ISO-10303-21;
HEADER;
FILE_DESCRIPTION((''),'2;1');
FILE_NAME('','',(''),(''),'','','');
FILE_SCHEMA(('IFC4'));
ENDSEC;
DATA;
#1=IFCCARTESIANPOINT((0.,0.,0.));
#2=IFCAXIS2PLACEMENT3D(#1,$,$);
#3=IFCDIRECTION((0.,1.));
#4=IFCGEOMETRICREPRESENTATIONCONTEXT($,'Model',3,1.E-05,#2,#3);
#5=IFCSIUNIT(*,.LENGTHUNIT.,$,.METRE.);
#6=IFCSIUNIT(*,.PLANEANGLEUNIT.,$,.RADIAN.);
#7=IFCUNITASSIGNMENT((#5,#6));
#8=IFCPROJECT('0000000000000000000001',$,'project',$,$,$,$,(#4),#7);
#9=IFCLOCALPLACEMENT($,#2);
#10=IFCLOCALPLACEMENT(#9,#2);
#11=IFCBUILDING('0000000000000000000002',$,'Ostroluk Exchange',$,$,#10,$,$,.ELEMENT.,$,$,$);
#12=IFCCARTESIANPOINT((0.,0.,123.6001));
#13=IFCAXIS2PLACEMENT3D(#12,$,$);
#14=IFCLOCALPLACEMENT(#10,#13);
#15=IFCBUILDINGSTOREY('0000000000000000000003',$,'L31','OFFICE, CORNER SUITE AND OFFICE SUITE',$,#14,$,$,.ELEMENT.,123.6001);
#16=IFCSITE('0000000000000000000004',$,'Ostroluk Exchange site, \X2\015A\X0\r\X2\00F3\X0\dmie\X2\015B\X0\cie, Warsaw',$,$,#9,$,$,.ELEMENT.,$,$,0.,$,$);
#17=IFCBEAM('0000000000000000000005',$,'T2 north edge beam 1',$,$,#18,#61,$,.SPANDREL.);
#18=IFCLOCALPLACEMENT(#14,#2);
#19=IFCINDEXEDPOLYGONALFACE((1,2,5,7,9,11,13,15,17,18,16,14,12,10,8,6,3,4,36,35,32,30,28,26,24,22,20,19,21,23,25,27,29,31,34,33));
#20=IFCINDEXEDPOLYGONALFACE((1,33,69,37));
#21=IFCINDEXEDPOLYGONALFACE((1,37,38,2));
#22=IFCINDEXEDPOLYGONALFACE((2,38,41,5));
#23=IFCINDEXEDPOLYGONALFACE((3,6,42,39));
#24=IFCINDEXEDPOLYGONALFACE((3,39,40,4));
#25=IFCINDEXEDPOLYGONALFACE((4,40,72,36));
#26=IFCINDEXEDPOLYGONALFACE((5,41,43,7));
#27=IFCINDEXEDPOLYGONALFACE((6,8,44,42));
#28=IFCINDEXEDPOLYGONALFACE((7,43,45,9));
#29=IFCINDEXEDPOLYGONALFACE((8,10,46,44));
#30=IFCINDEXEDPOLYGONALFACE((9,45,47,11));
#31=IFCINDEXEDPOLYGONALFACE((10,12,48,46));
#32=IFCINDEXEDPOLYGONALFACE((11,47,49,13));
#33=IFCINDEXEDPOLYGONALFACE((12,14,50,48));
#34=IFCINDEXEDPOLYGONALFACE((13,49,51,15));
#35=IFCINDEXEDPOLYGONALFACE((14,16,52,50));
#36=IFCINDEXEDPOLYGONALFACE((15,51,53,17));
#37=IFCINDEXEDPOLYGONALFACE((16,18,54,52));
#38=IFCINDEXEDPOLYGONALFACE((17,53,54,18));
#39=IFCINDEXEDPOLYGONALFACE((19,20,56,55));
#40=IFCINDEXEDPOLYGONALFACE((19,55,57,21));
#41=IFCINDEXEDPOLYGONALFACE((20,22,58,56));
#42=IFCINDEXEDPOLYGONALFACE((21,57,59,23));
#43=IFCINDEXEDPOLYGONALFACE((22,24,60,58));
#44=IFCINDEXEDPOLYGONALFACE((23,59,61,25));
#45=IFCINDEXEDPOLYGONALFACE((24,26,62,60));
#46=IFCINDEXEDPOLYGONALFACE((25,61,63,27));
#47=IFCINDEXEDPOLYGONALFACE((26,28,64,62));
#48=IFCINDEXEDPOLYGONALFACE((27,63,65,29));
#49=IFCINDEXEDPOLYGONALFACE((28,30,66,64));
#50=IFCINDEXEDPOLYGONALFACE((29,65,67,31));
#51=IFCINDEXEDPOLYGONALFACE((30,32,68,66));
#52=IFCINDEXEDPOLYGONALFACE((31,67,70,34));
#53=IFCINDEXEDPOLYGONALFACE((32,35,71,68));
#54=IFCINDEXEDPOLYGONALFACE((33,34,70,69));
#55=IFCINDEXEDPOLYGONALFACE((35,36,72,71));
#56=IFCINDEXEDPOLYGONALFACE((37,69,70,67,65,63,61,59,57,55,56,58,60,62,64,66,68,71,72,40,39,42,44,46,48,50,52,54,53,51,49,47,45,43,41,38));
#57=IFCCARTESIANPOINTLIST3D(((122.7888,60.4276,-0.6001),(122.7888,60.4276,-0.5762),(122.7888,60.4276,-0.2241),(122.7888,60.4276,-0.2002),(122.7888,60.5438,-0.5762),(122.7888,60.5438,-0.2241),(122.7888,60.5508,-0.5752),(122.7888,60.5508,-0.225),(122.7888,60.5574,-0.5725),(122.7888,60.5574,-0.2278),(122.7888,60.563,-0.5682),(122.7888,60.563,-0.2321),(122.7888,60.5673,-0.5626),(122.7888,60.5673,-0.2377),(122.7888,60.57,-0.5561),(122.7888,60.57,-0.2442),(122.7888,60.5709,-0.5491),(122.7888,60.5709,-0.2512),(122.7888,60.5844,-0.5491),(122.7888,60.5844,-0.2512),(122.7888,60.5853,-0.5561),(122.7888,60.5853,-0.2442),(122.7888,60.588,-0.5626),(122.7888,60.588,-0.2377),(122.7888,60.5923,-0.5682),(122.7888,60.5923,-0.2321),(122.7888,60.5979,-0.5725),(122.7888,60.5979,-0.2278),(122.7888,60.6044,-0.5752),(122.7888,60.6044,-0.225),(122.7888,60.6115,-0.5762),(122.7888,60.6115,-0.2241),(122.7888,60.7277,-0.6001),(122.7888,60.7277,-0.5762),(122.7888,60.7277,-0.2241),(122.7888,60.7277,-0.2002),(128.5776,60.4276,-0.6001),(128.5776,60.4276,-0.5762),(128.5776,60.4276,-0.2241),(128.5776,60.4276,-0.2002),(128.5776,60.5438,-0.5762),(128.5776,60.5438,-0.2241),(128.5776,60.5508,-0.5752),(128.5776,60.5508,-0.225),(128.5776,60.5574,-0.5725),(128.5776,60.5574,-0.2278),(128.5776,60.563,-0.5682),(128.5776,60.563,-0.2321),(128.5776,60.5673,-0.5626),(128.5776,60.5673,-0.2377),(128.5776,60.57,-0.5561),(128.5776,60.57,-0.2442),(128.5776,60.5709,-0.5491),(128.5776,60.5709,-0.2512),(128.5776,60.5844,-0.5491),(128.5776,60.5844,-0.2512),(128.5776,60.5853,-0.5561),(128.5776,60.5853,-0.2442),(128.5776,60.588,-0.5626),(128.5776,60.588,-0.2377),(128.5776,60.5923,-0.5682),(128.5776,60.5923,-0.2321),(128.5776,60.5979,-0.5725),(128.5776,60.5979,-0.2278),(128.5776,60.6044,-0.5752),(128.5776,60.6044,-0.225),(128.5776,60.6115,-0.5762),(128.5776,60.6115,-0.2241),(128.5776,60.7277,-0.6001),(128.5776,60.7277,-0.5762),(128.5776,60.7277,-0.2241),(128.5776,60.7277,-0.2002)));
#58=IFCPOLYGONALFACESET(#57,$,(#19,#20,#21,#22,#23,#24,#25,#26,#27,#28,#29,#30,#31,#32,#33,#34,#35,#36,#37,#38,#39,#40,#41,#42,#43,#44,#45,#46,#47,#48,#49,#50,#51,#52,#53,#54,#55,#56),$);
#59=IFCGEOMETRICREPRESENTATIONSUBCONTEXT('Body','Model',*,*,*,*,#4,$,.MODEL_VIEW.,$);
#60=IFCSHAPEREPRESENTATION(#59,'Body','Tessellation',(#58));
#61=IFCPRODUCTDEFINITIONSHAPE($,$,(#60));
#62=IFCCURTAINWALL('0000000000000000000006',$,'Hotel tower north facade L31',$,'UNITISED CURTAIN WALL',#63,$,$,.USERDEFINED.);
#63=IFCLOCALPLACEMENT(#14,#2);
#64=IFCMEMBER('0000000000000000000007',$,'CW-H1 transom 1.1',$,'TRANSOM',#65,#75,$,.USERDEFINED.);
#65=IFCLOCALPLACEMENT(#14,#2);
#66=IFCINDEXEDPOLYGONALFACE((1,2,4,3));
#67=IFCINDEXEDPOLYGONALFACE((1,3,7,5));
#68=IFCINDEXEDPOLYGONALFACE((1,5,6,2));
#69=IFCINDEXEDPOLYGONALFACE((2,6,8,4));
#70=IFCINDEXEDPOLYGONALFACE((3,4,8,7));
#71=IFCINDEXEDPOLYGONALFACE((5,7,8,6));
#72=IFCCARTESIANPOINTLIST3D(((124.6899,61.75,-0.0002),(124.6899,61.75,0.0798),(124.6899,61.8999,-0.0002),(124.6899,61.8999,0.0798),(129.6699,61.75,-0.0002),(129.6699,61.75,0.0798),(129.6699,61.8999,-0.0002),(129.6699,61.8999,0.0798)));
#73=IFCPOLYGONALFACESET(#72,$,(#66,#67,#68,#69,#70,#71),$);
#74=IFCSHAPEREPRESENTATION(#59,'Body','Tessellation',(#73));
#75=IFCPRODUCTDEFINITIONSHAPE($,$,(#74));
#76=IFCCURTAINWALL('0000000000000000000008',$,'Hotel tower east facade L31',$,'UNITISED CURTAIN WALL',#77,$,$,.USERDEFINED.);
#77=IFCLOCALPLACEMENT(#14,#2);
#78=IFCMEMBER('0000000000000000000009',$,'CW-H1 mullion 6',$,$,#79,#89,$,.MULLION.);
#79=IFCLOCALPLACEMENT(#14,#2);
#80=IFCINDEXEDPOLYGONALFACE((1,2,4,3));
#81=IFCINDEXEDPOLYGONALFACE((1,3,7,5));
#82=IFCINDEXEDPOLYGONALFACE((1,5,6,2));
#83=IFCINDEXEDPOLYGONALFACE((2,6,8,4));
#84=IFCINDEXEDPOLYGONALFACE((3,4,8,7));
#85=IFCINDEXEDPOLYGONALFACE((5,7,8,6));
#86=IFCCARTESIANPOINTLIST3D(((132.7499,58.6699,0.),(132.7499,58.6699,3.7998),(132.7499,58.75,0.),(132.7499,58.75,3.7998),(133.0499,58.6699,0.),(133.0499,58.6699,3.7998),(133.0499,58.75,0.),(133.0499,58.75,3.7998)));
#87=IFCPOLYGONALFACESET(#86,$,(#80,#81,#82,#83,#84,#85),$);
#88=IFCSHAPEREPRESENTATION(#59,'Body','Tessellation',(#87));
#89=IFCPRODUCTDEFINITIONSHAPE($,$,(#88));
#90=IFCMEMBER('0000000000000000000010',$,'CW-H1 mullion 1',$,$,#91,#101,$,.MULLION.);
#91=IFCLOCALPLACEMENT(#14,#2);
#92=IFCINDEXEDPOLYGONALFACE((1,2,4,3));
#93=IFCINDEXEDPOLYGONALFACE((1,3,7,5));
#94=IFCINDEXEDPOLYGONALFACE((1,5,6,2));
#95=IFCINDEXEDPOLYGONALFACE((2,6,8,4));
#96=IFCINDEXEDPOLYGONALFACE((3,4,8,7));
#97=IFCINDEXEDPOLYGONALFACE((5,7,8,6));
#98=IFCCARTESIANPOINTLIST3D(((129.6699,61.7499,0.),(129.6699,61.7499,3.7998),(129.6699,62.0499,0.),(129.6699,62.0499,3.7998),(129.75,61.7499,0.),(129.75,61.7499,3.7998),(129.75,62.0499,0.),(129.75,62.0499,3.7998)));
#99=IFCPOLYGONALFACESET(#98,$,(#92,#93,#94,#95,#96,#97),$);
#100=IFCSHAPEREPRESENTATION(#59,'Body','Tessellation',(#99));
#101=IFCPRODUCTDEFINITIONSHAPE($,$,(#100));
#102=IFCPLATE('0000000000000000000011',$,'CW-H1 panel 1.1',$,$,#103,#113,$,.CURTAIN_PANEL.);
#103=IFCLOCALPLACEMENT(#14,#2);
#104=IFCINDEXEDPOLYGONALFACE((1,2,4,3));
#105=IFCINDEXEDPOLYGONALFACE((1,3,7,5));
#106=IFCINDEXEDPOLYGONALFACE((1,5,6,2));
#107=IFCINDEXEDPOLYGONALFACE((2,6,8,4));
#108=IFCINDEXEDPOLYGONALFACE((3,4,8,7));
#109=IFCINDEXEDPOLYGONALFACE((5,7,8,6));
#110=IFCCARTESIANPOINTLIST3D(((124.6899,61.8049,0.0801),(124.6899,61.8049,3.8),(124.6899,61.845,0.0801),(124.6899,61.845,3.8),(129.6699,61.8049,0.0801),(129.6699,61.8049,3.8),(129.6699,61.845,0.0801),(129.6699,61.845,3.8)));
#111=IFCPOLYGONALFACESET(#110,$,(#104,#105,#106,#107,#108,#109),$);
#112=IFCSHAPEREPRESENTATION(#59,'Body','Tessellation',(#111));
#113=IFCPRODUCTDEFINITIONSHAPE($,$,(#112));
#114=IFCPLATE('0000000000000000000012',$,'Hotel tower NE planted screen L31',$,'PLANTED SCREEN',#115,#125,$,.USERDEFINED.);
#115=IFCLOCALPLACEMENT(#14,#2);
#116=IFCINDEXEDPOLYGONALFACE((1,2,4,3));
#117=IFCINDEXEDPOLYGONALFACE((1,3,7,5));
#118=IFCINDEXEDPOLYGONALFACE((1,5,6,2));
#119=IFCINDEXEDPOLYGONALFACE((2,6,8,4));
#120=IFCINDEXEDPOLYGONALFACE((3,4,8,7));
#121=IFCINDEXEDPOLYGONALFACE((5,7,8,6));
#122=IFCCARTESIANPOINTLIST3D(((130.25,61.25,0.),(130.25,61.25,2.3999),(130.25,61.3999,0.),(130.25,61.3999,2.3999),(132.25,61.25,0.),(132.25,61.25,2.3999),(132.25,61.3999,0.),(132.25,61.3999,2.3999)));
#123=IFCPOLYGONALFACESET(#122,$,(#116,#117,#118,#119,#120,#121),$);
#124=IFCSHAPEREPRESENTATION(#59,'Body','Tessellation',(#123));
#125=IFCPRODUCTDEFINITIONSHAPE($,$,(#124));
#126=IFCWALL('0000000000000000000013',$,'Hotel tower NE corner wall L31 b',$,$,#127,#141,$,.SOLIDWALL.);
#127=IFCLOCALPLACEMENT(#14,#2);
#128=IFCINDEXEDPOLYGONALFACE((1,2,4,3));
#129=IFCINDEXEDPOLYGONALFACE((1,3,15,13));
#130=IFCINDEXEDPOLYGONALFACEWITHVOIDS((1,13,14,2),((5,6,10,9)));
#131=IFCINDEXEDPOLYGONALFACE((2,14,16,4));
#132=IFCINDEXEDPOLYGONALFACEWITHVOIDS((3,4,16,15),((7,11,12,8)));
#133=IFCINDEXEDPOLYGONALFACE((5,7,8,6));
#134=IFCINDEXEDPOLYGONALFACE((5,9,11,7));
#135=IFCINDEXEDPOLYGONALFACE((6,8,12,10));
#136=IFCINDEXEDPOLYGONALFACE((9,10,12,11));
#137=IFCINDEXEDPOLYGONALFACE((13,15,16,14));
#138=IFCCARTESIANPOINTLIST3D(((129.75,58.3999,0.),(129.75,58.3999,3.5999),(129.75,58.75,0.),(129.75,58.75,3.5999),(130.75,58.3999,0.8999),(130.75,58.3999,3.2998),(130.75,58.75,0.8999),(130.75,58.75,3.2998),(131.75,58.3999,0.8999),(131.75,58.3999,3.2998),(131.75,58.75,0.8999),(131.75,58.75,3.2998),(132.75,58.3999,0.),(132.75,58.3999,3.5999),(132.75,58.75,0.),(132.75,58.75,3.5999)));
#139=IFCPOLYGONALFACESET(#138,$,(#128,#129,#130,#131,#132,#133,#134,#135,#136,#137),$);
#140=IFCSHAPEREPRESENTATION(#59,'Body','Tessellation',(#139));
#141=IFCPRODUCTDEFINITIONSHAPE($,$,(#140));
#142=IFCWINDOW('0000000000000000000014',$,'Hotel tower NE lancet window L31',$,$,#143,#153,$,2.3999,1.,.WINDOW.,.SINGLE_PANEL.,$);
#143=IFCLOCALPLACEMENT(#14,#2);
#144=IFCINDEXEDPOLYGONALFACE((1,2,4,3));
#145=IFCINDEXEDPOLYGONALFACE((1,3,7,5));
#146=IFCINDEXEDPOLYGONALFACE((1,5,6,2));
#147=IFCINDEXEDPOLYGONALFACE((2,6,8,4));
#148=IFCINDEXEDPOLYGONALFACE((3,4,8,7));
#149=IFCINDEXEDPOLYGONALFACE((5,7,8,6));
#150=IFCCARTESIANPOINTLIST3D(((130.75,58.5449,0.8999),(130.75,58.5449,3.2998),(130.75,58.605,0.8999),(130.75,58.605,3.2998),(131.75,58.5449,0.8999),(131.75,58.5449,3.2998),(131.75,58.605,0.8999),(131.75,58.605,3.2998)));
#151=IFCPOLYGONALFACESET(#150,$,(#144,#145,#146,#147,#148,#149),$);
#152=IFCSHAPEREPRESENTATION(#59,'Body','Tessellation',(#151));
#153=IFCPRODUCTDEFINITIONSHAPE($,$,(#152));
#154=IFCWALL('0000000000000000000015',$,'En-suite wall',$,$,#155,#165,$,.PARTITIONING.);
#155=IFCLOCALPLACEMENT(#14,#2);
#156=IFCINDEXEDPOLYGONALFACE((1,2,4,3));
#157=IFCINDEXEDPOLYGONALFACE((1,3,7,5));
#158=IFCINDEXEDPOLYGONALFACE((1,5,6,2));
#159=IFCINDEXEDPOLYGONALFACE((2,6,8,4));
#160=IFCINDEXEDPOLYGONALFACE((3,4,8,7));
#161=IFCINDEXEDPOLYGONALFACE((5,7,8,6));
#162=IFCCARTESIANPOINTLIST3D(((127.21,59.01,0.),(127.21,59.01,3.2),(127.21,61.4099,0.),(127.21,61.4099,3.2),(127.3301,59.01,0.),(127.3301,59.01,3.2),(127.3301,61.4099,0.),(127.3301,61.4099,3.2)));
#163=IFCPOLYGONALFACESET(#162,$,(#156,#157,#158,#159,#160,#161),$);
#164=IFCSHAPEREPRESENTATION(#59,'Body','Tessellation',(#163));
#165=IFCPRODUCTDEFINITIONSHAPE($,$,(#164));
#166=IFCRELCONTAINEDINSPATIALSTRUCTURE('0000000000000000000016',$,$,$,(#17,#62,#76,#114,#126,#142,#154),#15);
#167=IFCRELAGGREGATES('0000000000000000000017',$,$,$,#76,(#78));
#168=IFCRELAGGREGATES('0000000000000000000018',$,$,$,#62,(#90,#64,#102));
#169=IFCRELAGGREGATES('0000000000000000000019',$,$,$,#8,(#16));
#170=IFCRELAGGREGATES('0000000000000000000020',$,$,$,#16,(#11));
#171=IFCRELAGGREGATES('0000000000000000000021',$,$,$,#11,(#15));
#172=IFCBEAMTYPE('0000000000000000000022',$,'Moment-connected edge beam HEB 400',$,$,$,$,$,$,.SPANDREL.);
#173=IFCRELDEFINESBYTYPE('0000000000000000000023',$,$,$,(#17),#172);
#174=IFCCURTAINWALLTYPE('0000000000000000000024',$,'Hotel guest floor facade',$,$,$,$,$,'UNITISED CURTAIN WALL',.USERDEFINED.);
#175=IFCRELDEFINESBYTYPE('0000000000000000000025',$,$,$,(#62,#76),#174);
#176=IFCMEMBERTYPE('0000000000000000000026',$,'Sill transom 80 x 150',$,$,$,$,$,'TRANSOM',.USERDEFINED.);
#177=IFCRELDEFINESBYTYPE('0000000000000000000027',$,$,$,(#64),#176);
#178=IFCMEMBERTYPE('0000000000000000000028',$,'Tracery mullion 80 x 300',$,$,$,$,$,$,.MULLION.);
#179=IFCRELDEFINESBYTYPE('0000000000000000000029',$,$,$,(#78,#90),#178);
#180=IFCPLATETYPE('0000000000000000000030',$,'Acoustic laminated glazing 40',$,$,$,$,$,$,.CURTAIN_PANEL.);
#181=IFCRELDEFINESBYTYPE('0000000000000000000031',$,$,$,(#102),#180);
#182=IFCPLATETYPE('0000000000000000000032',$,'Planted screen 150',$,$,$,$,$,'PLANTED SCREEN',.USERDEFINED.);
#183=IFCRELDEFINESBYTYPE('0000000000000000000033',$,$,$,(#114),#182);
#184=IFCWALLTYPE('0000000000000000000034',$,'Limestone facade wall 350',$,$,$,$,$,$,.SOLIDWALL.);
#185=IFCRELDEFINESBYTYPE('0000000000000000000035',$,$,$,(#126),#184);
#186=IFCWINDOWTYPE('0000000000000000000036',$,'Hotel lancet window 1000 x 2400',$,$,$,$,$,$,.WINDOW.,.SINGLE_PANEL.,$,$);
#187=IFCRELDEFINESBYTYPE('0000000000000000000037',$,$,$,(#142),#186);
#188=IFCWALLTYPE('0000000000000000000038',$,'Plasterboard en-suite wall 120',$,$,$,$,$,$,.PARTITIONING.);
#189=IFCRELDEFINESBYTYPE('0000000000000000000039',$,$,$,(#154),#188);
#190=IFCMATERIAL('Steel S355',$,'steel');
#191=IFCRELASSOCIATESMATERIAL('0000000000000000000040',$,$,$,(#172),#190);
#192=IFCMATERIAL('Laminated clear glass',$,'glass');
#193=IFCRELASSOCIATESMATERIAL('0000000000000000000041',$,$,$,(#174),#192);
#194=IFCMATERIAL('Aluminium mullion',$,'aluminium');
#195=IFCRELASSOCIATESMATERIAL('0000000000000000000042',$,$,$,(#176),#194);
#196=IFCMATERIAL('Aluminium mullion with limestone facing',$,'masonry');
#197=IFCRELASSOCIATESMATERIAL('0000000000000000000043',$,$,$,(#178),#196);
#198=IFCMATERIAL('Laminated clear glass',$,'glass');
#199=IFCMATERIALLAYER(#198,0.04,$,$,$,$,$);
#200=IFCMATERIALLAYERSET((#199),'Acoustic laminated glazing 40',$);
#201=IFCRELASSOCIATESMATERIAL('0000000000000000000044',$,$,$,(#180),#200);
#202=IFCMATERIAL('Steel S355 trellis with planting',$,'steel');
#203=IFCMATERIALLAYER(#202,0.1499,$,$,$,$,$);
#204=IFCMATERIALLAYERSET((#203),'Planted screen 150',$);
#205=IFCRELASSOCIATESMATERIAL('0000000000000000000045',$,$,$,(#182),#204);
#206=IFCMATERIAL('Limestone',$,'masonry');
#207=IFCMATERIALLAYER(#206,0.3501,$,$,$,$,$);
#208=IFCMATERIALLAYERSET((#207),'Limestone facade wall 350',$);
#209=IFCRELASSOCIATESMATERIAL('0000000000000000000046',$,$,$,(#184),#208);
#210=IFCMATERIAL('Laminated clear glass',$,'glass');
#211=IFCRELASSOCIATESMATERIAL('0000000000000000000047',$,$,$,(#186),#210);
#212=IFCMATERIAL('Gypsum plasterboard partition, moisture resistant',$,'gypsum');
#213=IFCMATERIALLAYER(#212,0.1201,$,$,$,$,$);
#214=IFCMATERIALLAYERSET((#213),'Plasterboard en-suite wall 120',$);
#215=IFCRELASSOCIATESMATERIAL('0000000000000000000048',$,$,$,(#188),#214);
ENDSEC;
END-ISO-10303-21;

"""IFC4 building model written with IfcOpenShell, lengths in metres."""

from ifc_helpers import new_model, si_unit, direction, frame, frame_2d, origin, origin_2d, place, context, subcontext, project, spatial, rectangle, i_section, extrude, material, layer, layer_set, material_profile, profile_set, type_object, element, fill, aggregate, save


model = new_model("IFC4")

# Units and contexts
model_context = context("Model", 3, precision=1e-05, world=origin(), true_north=direction((0.0, 1.0)))
body_context = subcontext(model_context, "Body", "Model", "MODEL_VIEW")
ifc_project = project(units=[si_unit("LENGTHUNIT", "METRE"), si_unit("PLANEANGLEUNIT", "RADIAN")], contexts=[model_context])

# Site, building, storey
site_placement = place(None, origin())
site = spatial("IfcSite", under=ifc_project, at=site_placement, Name="Ostroluk Exchange site, Śródmieście, Warsaw", CompositionType="ELEMENT", RefElevation=0.0)
building_placement = place(site_placement, origin())
building = spatial("IfcBuilding", under=site, at=building_placement, Name="Ostroluk Exchange", CompositionType="ELEMENT")
storey_placement = place(building_placement, frame((0.0, 0.0, 123.6001)))
storey = spatial("IfcBuildingStorey", under=building, at=storey_placement, Name="L31", Description="OFFICE, CORNER SUITE AND OFFICE SUITE", CompositionType="ELEMENT", Elevation=123.6001)

# Beam
ifc_material_1 = material(Name="Steel S355", Category="steel")
ifc_material_profile_1 = material_profile(ifc_material_1, i_section(OverallWidth=0.3, OverallDepth=0.3999, WebThickness=0.0134, FlangeThickness=0.0239, FilletRadius=0.0271, at=origin_2d()), Name="HEB 400")
ifc_profile_set_1 = profile_set([ifc_material_profile_1], Name="Steel S355")
beam_type_1 = type_object("IfcBeamType", Name="Moment-connected edge beam HEB 400", PredefinedType="SPANDREL", material=ifc_profile_set_1)
beam_1_placement = place(storey_placement, frame((128.5776, 60.5776, -0.4001), z_axis=(-1.0, 0.0, 0.0), x_axis=(0.0, -1.0, 0.0)))
element("IfcBeam", 1, at=beam_1_placement, inside=storey, type_object=beam_type_1, Name="T2 north edge beam 1", PredefinedType="SPANDREL", context=body_context, shape_type="SweptSolid", body=[
    extrude(i_section(OverallWidth=0.3, OverallDepth=0.3999, WebThickness=0.0134, FlangeThickness=0.0239, FilletRadius=0.0271, at=origin_2d()), origin(), (0.0, 0.0, 1.0), 5.7888),
])

# Curtain walls, members
ifc_material_2 = material(Name="Laminated clear glass", Category="glass")
curtain_wall_type = type_object("IfcCurtainWallType", Name="Hotel guest floor facade", ElementType="UNITISED CURTAIN WALL", PredefinedType="USERDEFINED", material=ifc_material_2)
curtain_wall_1_placement = place(storey_placement, origin())
curtain_wall_1 = element("IfcCurtainWall", 2, at=curtain_wall_1_placement, inside=storey, type_object=curtain_wall_type, Name="Hotel tower north facade L31", ObjectType="UNITISED CURTAIN WALL", PredefinedType="USERDEFINED")
ifc_material_3 = material(Name="Aluminium mullion", Category="aluminium")
ifc_material_profile_2 = material_profile(ifc_material_3, rectangle(XDim=0.1499, YDim=0.0801, at=origin_2d()), Name="Sill transom 80 x 150")
ifc_profile_set_2 = profile_set([ifc_material_profile_2], Name="Aluminium mullion")
member_type_1 = type_object("IfcMemberType", Name="Sill transom 80 x 150", ElementType="TRANSOM", PredefinedType="USERDEFINED", material=ifc_profile_set_2)
member_1_placement = place(storey_placement, frame((129.6699, 61.825, 0.0398), z_axis=(-1.0, 0.0, 0.0), x_axis=(0.0, -1.0, 0.0)))
member_1 = element("IfcMember", 3, at=member_1_placement, type_object=member_type_1, Name="CW-H1 transom 1.1", ObjectType="TRANSOM", PredefinedType="USERDEFINED", context=body_context, shape_type="SweptSolid", body=[
    extrude(rectangle(XDim=0.1499, YDim=0.0801, at=origin_2d()), origin(), (0.0, 0.0, 1.0), 4.98),
])
curtain_wall_2_placement = place(storey_placement, origin())
curtain_wall_2 = element("IfcCurtainWall", 4, at=curtain_wall_2_placement, inside=storey, type_object=curtain_wall_type, Name="Hotel tower east facade L31", ObjectType="UNITISED CURTAIN WALL", PredefinedType="USERDEFINED")
ifc_material_4 = material(Name="Aluminium mullion with limestone facing", Category="masonry")
ifc_material_profile_3 = material_profile(ifc_material_4, rectangle(XDim=0.3, YDim=0.0801, at=origin_2d()), Name="Tracery mullion 80 x 300")
ifc_profile_set_3 = profile_set([ifc_material_profile_3], Name="Aluminium mullion with limestone facing")
member_type_2 = type_object("IfcMemberType", Name="Tracery mullion 80 x 300", PredefinedType="MULLION", material=ifc_profile_set_3)
member_2_placement = place(storey_placement, frame((132.8999, 58.71, 0.0), z_axis=(0.0, 0.0, 1.0), x_axis=(-1.0, 0.0, 0.0)))
member_2 = element("IfcMember", 5, at=member_2_placement, type_object=member_type_2, Name="CW-H1 mullion 6", PredefinedType="MULLION", context=body_context, shape_type="SweptSolid", body=[
    extrude(rectangle(XDim=0.3, YDim=0.0801, at=origin_2d()), origin(), (0.0, 0.0, 1.0), 3.7998),
])
aggregate(curtain_wall_2, [member_2])

# Member
member_3_placement = place(storey_placement, frame((129.71, 61.8999, 0.0), z_axis=(0.0, 0.0, 1.0), x_axis=(0.0, -1.0, 0.0)))
member_3 = element("IfcMember", 6, at=member_3_placement, type_object=member_type_2, Name="CW-H1 mullion 1", PredefinedType="MULLION", context=body_context, shape_type="SweptSolid", body=[
    extrude(rectangle(XDim=0.3, YDim=0.0801, at=origin_2d()), origin(), (0.0, 0.0, 1.0), 3.7998),
])

# Plates
ifc_material_5 = material(Name="Laminated clear glass", Category="glass")
ifc_layer_1 = layer(ifc_material_5, 0.04)
ifc_layer_set_1 = layer_set([ifc_layer_1], Name="Acoustic laminated glazing 40")
plate_type_1 = type_object("IfcPlateType", Name="Acoustic laminated glazing 40", PredefinedType="CURTAIN_PANEL", material=ifc_layer_set_1)
plate_1_placement = place(storey_placement, frame((127.1799, 61.825, 0.0801), z_axis=(0.0, 0.0, 1.0), x_axis=(-1.0, 0.0, 0.0)))
plate_1 = element("IfcPlate", 7, at=plate_1_placement, type_object=plate_type_1, Name="CW-H1 panel 1.1", PredefinedType="CURTAIN_PANEL", context=body_context, shape_type="SweptSolid", body=[
    extrude(rectangle(XDim=4.98, YDim=0.04, at=origin_2d()), origin(), (0.0, 0.0, 1.0), 3.72),
])
aggregate(curtain_wall_1, [member_3, member_1, plate_1])
ifc_material_6 = material(Name="Steel S355 trellis with planting", Category="steel")
ifc_layer_2 = layer(ifc_material_6, 0.1499)
ifc_layer_set_2 = layer_set([ifc_layer_2], Name="Planted screen 150")
plate_type_2 = type_object("IfcPlateType", Name="Planted screen 150", ElementType="PLANTED SCREEN", PredefinedType="USERDEFINED", material=ifc_layer_set_2)
plate_2_placement = place(storey_placement, frame((131.25, 61.325, 0.0), z_axis=(0.0, 0.0, 1.0), x_axis=(1.0, 0.0, 0.0)))
element("IfcPlate", 8, at=plate_2_placement, inside=storey, type_object=plate_type_2, Name="Hotel tower NE planted screen L31", ObjectType="PLANTED SCREEN", PredefinedType="USERDEFINED", context=body_context, shape_type="SweptSolid", body=[
    extrude(rectangle(XDim=2.0, YDim=0.1499, at=origin_2d()), origin(), (0.0, 0.0, 1.0), 2.3999),
])

# Shared definitions
ifc_material_7 = material(Name="Limestone", Category="masonry")
ifc_layer_3 = layer(ifc_material_7, 0.3501)
ifc_layer_set_3 = layer_set([ifc_layer_3], Name="Limestone facade wall 350")
wall_type_1 = type_object("IfcWallType", Name="Limestone facade wall 350", PredefinedType="SOLIDWALL", material=ifc_layer_set_3)

# Wall, opening, window
wall_1_placement = place(storey_placement, frame((129.75, 58.575, 0.0), z_axis=(0.0, 0.0, 1.0), x_axis=(1.0, 0.0, 0.0)))
wall_1 = element("IfcWall", 9, at=wall_1_placement, inside=storey, type_object=wall_type_1, Name="Hotel tower NE corner wall L31 b", PredefinedType="SOLIDWALL", context=body_context, shape_type="SweptSolid", body=[
    extrude(rectangle(XDim=3.0, YDim=0.3501, at=frame_2d((1.5, 0.0))), origin(), (0.0, 0.0, 1.0), 3.5999),
])
opening_1_placement = place(wall_1_placement, frame((1.0, 0.0, 0.8999)))
opening_1 = element("IfcOpeningElement", 10, at=opening_1_placement, cuts=wall_1, PredefinedType="OPENING", context=body_context, shape_type="SweptSolid", body=[
    extrude(rectangle(XDim=1.0, YDim=2.3999, at=frame_2d((0.5, 1.2))), frame((0.0, 0.1851, 0.0), z_axis=(0.0, -1.0, 0.0), x_axis=(1.0, 0.0, 0.0)), (0.0, 0.0, 1.0), 0.3701),
])
ifc_material_8 = material(Name="Laminated clear glass", Category="glass")
window_type = type_object("IfcWindowType", Name="Hotel lancet window 1000 x 2400", PartitioningType="SINGLE_PANEL", PredefinedType="WINDOW", material=ifc_material_8)
window_placement = place(opening_1_placement, origin())
window = element("IfcWindow", 11, at=window_placement, inside=storey, type_object=window_type, Name="Hotel tower NE lancet window L31", OverallHeight=2.3999, OverallWidth=1.0, PartitioningType="SINGLE_PANEL", PredefinedType="WINDOW", context=body_context, shape_type="SweptSolid", body=[
    extrude(rectangle(XDim=1.0, YDim=2.3999, at=frame_2d((0.5, 1.2))), frame((0.0, 0.03, 0.0), z_axis=(0.0, -1.0, 0.0), x_axis=(1.0, 0.0, 0.0)), (0.0, 0.0, 1.0), 0.0601),
])
fill(opening_1, window)

# Wall
ifc_material_9 = material(Name="Gypsum plasterboard partition, moisture resistant", Category="gypsum")
ifc_layer_4 = layer(ifc_material_9, 0.1201)
ifc_layer_set_4 = layer_set([ifc_layer_4], Name="Plasterboard en-suite wall 120")
wall_type_2 = type_object("IfcWallType", Name="Plasterboard en-suite wall 120", PredefinedType="PARTITIONING", material=ifc_layer_set_4)
wall_2_placement = place(storey_placement, frame((127.27, 59.01, 0.0), z_axis=(0.0, 0.0, 1.0), x_axis=(0.0, 1.0, 0.0)))
element("IfcWall", 12, at=wall_2_placement, inside=storey, type_object=wall_type_2, Name="En-suite wall", PredefinedType="PARTITIONING", context=body_context, shape_type="SweptSolid", body=[
    extrude(rectangle(XDim=2.3999, YDim=0.1201, at=frame_2d((1.2, 0.0))), origin(), (0.0, 0.0, 1.0), 3.2),
])

save(model, "model.ifc")
